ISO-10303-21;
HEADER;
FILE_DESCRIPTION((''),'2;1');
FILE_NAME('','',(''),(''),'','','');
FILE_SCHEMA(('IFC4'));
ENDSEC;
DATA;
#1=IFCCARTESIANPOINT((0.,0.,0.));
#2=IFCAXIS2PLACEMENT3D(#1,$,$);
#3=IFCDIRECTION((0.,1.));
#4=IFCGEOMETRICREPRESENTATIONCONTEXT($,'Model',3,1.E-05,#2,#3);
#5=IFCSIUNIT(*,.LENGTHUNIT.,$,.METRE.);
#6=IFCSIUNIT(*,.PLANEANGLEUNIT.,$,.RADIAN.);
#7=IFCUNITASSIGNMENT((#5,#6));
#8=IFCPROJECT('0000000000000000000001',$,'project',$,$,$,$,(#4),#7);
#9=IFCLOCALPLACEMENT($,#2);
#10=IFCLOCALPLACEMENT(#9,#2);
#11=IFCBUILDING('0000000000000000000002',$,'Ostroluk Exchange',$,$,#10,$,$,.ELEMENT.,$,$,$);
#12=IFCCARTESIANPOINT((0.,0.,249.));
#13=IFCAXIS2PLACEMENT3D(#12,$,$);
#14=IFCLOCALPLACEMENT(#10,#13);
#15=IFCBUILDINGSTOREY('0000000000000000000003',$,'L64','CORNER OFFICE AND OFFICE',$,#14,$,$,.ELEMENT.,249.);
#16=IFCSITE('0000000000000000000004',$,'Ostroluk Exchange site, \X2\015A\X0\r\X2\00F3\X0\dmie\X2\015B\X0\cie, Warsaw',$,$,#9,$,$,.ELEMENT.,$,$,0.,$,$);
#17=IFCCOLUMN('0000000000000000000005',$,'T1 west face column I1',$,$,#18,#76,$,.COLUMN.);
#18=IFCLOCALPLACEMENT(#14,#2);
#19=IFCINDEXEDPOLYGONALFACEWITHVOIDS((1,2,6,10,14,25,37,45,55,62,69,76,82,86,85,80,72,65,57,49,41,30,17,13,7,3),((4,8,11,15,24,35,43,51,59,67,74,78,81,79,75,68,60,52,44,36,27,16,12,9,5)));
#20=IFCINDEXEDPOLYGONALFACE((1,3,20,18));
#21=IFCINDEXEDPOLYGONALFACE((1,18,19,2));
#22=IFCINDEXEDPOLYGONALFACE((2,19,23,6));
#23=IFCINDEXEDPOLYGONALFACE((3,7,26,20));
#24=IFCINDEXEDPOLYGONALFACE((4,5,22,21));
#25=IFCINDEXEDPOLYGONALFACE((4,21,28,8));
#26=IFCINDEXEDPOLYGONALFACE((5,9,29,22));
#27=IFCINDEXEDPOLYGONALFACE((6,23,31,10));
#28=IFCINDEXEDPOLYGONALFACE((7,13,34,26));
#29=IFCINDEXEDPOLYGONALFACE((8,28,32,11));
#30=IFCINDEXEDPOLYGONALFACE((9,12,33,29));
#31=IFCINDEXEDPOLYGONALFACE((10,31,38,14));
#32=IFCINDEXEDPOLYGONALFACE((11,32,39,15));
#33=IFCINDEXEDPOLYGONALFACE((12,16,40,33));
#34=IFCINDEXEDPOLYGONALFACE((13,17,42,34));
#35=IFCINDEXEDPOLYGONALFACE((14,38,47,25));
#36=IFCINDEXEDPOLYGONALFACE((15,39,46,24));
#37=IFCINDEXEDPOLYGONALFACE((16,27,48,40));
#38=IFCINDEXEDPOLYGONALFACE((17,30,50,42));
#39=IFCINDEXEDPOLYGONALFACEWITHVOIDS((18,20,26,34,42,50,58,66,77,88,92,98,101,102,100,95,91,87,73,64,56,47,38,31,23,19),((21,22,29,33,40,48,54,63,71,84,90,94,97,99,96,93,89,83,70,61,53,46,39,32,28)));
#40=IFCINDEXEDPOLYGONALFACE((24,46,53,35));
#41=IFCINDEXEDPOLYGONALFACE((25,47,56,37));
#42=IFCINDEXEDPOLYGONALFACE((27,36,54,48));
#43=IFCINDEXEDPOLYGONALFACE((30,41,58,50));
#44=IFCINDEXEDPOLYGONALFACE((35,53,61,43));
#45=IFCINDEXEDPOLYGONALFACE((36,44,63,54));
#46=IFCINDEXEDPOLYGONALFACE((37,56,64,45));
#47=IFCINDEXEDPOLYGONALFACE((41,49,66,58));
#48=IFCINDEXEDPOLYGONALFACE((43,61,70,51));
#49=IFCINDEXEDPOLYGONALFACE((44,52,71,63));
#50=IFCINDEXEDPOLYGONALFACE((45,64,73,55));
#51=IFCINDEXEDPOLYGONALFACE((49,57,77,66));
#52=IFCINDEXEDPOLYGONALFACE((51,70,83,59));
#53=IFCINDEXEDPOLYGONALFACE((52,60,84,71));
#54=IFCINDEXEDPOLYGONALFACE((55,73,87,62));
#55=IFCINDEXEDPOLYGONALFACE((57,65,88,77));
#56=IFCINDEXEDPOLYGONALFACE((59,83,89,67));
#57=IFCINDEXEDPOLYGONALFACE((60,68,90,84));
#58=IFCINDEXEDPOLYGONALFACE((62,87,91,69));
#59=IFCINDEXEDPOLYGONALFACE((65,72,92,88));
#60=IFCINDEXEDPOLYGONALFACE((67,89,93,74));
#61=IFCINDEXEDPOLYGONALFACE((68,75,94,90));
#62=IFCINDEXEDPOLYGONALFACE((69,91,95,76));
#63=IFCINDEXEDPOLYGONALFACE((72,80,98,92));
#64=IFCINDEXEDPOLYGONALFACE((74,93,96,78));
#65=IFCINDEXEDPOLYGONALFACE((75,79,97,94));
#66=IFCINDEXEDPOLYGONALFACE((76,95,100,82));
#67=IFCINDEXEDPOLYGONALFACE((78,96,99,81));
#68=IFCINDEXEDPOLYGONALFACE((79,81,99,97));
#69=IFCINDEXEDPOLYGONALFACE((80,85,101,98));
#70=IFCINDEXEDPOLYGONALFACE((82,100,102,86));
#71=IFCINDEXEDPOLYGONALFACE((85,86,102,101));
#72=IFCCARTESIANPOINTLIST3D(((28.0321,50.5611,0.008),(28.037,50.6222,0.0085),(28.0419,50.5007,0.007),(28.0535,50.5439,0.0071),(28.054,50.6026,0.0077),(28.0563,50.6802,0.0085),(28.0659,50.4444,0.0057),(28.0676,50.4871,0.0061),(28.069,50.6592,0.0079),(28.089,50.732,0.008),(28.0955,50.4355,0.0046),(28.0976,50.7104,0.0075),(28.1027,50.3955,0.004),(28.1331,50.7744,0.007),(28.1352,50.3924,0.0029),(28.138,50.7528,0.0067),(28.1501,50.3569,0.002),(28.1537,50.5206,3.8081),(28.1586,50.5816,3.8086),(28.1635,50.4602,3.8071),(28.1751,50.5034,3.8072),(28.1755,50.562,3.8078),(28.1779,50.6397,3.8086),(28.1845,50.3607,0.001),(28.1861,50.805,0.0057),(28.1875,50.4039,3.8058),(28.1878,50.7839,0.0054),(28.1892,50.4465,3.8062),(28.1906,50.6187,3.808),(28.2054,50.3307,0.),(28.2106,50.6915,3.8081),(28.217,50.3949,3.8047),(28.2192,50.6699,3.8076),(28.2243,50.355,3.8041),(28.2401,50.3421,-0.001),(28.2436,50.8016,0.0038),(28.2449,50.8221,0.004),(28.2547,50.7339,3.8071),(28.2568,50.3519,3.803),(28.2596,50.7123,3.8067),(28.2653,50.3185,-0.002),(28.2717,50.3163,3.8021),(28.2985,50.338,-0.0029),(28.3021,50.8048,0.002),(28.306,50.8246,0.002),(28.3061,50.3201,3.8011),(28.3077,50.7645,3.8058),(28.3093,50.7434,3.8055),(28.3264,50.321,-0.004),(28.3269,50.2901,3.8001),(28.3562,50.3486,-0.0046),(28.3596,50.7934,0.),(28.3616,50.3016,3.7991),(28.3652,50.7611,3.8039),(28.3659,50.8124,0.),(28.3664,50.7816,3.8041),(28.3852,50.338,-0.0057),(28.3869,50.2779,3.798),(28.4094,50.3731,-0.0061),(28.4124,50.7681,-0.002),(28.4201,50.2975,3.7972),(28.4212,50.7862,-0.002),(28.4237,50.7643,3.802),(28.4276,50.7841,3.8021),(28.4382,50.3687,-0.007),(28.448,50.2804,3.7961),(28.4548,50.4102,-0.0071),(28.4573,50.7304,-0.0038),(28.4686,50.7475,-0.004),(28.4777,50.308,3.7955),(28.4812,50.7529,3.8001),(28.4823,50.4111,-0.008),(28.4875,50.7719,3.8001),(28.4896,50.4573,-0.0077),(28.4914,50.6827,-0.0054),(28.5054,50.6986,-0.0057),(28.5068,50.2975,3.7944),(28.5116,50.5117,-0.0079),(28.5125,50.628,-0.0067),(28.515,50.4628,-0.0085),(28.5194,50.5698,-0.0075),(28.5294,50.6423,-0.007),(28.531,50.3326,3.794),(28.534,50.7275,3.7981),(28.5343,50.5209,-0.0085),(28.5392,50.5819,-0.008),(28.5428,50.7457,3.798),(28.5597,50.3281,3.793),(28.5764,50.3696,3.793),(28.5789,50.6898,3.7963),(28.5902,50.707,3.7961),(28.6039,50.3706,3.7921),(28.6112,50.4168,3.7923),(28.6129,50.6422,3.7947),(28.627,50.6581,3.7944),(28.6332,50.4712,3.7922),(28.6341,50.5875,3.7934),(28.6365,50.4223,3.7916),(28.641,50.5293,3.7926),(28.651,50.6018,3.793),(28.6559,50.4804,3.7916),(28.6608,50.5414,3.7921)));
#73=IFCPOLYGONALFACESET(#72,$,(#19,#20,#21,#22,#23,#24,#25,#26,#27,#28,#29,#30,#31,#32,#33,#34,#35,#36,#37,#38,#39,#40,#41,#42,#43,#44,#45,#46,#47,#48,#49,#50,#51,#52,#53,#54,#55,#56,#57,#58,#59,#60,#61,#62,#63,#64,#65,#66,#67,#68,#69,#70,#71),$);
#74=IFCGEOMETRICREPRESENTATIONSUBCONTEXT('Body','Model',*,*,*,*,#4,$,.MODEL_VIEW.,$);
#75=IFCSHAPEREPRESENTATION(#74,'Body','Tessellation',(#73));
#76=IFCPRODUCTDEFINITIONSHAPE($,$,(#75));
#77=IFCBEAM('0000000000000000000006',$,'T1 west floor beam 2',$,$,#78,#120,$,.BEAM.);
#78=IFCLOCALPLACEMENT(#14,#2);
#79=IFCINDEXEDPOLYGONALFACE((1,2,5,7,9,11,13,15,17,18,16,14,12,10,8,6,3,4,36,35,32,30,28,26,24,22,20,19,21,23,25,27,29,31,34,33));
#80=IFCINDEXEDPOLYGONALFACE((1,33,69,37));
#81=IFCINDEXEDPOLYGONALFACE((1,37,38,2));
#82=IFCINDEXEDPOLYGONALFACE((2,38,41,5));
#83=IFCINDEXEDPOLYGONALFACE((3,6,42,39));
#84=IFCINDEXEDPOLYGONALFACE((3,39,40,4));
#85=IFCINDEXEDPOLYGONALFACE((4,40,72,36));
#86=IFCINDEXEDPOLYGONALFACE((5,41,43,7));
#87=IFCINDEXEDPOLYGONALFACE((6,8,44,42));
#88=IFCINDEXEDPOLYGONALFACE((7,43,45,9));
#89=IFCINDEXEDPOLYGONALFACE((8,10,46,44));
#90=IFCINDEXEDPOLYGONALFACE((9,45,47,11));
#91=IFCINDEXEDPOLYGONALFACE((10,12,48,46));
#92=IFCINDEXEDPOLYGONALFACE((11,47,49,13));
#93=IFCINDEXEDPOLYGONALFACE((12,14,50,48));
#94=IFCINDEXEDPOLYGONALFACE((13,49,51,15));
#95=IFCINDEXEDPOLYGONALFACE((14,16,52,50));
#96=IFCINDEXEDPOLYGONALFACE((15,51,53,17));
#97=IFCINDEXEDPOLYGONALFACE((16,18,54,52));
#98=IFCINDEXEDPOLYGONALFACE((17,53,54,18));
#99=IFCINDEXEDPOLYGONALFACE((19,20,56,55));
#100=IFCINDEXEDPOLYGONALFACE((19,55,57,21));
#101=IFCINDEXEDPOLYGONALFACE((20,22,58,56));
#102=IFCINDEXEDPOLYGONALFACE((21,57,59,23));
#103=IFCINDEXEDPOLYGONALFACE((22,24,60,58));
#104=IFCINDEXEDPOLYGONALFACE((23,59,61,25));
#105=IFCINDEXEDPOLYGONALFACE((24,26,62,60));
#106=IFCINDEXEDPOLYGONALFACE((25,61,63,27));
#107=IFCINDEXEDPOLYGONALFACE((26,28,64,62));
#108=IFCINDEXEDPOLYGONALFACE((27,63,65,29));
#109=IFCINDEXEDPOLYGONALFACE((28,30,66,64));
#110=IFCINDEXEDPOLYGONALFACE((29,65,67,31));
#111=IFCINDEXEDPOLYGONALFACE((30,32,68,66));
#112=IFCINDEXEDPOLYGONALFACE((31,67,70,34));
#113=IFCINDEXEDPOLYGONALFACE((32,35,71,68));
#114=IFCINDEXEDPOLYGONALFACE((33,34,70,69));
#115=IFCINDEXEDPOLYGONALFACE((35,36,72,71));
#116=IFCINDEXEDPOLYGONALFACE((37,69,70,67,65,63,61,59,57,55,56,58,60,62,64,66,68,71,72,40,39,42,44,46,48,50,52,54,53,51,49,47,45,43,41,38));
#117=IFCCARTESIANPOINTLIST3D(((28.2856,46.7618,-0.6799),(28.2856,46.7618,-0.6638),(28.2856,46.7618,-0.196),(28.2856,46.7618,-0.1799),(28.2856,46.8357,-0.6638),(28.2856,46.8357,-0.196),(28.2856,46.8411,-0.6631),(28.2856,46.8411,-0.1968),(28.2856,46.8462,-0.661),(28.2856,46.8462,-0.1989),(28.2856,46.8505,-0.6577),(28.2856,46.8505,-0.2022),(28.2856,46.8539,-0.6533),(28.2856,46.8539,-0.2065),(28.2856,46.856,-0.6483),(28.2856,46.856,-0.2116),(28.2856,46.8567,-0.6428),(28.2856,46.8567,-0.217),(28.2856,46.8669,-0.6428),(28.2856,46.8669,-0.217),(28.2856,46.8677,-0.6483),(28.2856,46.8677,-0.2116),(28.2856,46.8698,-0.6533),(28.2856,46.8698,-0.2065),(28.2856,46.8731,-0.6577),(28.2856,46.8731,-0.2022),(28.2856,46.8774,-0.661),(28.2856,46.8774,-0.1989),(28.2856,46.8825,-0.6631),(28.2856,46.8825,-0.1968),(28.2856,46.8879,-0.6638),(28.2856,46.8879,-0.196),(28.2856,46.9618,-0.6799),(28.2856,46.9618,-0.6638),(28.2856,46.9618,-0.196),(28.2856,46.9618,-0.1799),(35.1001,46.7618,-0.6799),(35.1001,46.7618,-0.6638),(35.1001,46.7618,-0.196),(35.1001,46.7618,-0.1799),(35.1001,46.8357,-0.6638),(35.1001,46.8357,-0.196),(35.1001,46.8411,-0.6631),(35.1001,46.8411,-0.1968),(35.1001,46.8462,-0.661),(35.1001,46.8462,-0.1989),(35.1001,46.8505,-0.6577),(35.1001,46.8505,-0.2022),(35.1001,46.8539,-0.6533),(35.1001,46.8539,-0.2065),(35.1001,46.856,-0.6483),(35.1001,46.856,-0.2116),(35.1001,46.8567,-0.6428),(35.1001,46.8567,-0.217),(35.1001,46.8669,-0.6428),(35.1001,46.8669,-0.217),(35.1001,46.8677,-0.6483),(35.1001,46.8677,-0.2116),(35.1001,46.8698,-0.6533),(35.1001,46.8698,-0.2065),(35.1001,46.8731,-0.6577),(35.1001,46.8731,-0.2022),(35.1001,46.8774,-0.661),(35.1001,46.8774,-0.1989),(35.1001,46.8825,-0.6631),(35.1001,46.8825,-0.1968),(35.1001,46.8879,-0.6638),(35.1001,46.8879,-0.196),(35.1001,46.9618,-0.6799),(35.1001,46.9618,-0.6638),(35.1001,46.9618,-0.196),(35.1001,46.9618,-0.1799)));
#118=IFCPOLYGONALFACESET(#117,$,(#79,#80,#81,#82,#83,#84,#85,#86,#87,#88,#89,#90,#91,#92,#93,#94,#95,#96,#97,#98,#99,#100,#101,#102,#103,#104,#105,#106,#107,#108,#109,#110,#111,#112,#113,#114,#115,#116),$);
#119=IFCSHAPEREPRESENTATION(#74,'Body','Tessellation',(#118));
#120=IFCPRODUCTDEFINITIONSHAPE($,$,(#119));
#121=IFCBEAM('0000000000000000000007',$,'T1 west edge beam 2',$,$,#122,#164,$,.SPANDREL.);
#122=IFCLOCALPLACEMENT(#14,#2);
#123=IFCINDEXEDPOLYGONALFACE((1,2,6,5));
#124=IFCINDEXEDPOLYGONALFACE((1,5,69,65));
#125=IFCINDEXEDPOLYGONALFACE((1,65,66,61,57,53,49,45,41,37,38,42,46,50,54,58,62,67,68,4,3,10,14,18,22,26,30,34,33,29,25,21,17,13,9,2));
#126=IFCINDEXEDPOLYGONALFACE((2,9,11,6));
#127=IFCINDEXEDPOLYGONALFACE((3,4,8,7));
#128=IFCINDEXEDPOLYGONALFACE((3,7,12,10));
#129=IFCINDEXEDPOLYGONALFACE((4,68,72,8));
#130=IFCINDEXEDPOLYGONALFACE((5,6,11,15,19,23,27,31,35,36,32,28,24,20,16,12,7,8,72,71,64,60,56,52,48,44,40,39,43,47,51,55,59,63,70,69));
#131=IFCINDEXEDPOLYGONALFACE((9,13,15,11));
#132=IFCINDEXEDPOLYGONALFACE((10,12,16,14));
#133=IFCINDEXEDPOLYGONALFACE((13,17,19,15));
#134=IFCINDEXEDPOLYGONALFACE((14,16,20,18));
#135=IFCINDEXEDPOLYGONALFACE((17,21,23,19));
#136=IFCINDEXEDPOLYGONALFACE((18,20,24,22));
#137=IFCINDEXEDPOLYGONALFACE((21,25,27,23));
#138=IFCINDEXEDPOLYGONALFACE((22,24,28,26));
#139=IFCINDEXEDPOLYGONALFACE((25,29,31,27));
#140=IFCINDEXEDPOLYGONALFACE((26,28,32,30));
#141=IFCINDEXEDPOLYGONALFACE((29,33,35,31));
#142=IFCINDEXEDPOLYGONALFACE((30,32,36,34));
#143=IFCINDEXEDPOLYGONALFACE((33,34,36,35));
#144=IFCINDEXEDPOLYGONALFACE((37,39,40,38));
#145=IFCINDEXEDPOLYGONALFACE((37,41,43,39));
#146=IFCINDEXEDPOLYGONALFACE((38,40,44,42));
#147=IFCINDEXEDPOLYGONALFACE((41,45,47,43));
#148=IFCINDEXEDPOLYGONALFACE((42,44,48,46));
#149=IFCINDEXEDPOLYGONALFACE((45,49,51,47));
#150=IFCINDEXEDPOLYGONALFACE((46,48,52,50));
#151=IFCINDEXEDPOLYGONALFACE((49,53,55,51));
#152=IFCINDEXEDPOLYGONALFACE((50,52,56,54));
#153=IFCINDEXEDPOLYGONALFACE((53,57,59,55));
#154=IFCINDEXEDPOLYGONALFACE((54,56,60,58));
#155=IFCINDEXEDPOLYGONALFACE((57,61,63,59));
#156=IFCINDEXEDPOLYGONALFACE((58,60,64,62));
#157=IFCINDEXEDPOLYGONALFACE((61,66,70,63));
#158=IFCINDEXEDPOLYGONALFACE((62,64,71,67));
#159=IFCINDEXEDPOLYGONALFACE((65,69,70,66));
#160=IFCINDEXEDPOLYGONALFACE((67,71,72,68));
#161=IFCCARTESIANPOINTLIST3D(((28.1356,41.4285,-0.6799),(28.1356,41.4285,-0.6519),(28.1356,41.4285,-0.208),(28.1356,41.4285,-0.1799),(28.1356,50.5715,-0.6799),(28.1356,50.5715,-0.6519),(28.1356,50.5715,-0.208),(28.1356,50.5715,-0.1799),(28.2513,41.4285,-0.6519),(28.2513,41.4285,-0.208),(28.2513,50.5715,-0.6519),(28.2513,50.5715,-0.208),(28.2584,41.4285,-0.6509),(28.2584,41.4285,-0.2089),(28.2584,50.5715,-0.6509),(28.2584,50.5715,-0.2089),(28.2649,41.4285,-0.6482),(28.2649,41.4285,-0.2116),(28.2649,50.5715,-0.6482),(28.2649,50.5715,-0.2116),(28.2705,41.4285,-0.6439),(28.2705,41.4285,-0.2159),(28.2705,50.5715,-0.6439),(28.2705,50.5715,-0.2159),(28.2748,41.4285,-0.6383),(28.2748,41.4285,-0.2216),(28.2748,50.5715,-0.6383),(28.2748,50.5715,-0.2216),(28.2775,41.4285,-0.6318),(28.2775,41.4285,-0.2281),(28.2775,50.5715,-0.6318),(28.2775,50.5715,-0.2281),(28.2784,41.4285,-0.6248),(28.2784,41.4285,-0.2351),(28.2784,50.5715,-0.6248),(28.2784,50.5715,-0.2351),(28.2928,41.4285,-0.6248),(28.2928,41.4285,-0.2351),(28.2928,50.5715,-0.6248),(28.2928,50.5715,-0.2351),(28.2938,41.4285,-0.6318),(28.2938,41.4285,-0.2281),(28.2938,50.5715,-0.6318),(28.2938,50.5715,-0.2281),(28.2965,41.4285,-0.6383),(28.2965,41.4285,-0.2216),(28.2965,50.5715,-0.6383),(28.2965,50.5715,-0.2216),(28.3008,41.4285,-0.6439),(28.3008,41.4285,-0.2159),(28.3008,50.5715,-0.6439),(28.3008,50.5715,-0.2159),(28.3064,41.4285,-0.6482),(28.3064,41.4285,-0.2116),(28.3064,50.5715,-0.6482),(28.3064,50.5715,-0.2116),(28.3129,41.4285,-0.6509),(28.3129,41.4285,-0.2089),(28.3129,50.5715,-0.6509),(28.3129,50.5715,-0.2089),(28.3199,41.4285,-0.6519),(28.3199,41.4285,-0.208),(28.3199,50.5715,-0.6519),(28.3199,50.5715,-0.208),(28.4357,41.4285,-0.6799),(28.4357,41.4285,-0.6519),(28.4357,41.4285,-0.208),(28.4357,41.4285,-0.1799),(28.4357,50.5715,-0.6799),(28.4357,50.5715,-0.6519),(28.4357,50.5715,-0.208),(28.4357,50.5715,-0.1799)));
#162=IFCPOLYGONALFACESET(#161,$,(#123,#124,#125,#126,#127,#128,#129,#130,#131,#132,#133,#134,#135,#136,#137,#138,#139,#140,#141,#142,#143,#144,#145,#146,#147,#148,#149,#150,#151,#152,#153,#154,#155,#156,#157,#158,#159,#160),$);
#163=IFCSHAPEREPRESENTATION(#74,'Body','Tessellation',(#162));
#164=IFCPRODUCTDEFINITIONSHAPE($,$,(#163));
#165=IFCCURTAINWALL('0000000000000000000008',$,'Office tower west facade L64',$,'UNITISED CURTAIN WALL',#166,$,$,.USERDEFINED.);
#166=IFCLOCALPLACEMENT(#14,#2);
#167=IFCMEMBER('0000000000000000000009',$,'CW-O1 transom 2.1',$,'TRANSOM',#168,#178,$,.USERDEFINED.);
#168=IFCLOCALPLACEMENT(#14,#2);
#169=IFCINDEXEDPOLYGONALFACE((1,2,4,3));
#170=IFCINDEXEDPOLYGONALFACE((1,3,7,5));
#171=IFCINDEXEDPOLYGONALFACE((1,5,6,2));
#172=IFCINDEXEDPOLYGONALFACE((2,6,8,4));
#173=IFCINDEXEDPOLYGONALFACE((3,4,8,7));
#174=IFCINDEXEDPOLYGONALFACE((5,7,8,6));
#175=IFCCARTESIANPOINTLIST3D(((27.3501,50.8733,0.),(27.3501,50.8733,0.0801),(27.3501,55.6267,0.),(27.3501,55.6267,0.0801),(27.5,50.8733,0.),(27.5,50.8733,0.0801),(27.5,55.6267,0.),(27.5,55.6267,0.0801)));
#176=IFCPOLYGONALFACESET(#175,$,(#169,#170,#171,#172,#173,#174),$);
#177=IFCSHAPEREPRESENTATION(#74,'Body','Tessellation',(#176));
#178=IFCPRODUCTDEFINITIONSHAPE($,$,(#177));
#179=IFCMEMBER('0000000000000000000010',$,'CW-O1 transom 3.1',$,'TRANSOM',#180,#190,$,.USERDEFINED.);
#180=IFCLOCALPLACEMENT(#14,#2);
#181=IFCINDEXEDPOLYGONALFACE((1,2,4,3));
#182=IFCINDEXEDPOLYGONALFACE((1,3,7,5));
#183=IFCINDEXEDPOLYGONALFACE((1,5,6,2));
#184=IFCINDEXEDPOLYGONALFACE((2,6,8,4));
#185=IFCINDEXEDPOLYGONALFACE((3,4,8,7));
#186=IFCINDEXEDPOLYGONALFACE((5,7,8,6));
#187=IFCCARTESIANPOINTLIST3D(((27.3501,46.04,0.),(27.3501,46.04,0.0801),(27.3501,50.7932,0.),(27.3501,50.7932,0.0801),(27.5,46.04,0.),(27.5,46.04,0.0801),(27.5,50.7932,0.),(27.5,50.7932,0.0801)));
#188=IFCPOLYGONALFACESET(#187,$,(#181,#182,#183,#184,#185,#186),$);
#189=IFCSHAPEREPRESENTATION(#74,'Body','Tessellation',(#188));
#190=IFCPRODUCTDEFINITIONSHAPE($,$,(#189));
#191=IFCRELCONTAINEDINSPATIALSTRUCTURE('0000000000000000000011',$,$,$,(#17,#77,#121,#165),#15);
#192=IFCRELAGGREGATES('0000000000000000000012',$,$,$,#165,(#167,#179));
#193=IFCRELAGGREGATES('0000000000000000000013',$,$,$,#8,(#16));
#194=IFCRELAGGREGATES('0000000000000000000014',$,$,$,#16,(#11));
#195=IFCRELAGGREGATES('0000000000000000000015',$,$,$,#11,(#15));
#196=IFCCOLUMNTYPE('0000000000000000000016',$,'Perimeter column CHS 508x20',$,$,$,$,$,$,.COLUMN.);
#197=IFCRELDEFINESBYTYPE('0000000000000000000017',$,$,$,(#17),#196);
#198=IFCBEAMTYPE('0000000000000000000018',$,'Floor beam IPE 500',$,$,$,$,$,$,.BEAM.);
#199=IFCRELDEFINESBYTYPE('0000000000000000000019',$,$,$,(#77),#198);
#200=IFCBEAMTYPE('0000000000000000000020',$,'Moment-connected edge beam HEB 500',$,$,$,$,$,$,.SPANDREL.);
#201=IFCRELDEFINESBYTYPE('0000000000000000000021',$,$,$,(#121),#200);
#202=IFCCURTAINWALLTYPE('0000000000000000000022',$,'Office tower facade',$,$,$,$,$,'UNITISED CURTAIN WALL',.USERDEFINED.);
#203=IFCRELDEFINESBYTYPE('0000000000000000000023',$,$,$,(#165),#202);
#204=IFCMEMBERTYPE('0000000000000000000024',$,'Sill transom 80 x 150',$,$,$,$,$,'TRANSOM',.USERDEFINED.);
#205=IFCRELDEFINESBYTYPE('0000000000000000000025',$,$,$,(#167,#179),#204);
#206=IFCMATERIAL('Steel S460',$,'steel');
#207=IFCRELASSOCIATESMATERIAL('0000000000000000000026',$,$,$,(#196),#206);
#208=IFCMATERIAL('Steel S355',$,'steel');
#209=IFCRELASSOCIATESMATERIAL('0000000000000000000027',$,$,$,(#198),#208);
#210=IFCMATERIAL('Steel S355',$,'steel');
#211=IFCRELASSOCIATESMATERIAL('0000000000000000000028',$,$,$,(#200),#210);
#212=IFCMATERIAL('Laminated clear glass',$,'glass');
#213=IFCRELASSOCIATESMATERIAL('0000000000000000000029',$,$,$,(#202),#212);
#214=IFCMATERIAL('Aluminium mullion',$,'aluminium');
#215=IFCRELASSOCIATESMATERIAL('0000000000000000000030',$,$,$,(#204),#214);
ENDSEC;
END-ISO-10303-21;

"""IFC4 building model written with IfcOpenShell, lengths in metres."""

from ifc_helpers import new_model, si_unit, direction, frame, origin, origin_2d, place, context, subcontext, project, spatial, rectangle, hollow_circle, i_section, extrude, material, material_profile, profile_set, type_object, element, aggregate, save


model = new_model("IFC4")

# Units and contexts
model_context = context("Model", 3, precision=1e-05, world=origin(), true_north=direction((0.0, 1.0)))
body_context = subcontext(model_context, "Body", "Model", "MODEL_VIEW")
ifc_project = project(units=[si_unit("LENGTHUNIT", "METRE"), si_unit("PLANEANGLEUNIT", "RADIAN")], contexts=[model_context])

# Site, building, storey
site_placement = place(None, origin())
site = spatial("IfcSite", under=ifc_project, at=site_placement, Name="Ostroluk Exchange site, Śródmieście, Warsaw", CompositionType="ELEMENT", RefElevation=0.0)
building_placement = place(site_placement, origin())
building = spatial("IfcBuilding", under=site, at=building_placement, Name="Ostroluk Exchange", CompositionType="ELEMENT")
storey_placement = place(building_placement, frame((0.0, 0.0, 249.0)))
storey = spatial("IfcBuildingStorey", under=building, at=storey_placement, Name="L64", Description="CORNER OFFICE AND OFFICE", CompositionType="ELEMENT", Elevation=249.0)

# Column
ifc_material_1 = material(Name="Steel S460", Category="steel")
ifc_material_profile_1 = material_profile(ifc_material_1, hollow_circle(Radius=0.2539, WallThickness=0.02, at=origin_2d()), Name="CHS 508x20")
ifc_profile_set_1 = profile_set([ifc_material_profile_1], Name="Steel S460")
column_type = type_object("IfcColumnType", Name="Perimeter column CHS 508x20", PredefinedType="COLUMN", material=ifc_profile_set_1)
column_placement = place(storey_placement, frame((28.2856, 50.5715, 0.0), z_axis=(0.031977, -0.010659, 0.999432), x_axis=(0.316228, 0.948683, 0.0)))
element("IfcColumn", 1, at=column_placement, inside=storey, type_object=column_type, Name="T1 west face column I1", PredefinedType="COLUMN", context=body_context, shape_type="SweptSolid", body=[
    extrude(hollow_circle(Radius=0.2539, WallThickness=0.02, at=origin_2d()), origin(), (0.0, 0.0, 1.0), 3.8022),
])

# Beams
ifc_material_2 = material(Name="Steel S355", Category="steel")
ifc_material_profile_2 = material_profile(ifc_material_2, i_section(OverallWidth=0.2, OverallDepth=0.5, WebThickness=0.0103, FlangeThickness=0.0161, FilletRadius=0.021, at=origin_2d()), Name="IPE 500")
ifc_profile_set_2 = profile_set([ifc_material_profile_2], Name="Steel S355")
beam_type_1 = type_object("IfcBeamType", Name="Floor beam IPE 500", PredefinedType="BEAM", material=ifc_profile_set_2)
beam_1_placement = place(storey_placement, frame((35.1001, 46.8618, -0.4299), z_axis=(-1.0, 0.0, 0.0), x_axis=(0.0, -1.0, 0.0)))
element("IfcBeam", 2, at=beam_1_placement, inside=storey, type_object=beam_type_1, Name="T1 west floor beam 2", PredefinedType="BEAM", context=body_context, shape_type="SweptSolid", body=[
    extrude(i_section(OverallWidth=0.2, OverallDepth=0.5, WebThickness=0.0103, FlangeThickness=0.0161, FilletRadius=0.021, at=origin_2d()), origin(), (0.0, 0.0, 1.0), 6.8145),
])
ifc_material_3 = material(Name="Steel S355", Category="steel")
ifc_material_profile_3 = material_profile(ifc_material_3, i_section(OverallWidth=0.3, OverallDepth=0.5, WebThickness=0.0144, FlangeThickness=0.0281, FilletRadius=0.0271, at=origin_2d()), Name="HEB 500")
ifc_profile_set_3 = profile_set([ifc_material_profile_3], Name="Steel S355")
beam_type_2 = type_object("IfcBeamType", Name="Moment-connected edge beam HEB 500", PredefinedType="SPANDREL", material=ifc_profile_set_3)
beam_2_placement = place(storey_placement, frame((28.2856, 50.5715, -0.4299), z_axis=(0.0, -1.0, 0.0), x_axis=(1.0, 0.0, 0.0)))
element("IfcBeam", 3, at=beam_2_placement, inside=storey, type_object=beam_type_2, Name="T1 west edge beam 2", PredefinedType="SPANDREL", context=body_context, shape_type="SweptSolid", body=[
    extrude(i_section(OverallWidth=0.3, OverallDepth=0.5, WebThickness=0.0144, FlangeThickness=0.0281, FilletRadius=0.0271, at=origin_2d()), origin(), (0.0, 0.0, 1.0), 9.1431),
])

# Curtain wall, members
ifc_material_4 = material(Name="Laminated clear glass", Category="glass")
curtain_wall_type = type_object("IfcCurtainWallType", Name="Office tower facade", ElementType="UNITISED CURTAIN WALL", PredefinedType="USERDEFINED", material=ifc_material_4)
curtain_wall_placement = place(storey_placement, origin())
curtain_wall = element("IfcCurtainWall", 4, at=curtain_wall_placement, inside=storey, type_object=curtain_wall_type, Name="Office tower west facade L64", ObjectType="UNITISED CURTAIN WALL", PredefinedType="USERDEFINED")
ifc_material_5 = material(Name="Aluminium mullion", Category="aluminium")
ifc_material_profile_4 = material_profile(ifc_material_5, rectangle(XDim=0.1499, YDim=0.0801, at=origin_2d()), Name="Sill transom 80 x 150")
ifc_profile_set_4 = profile_set([ifc_material_profile_4], Name="Aluminium mullion")
member_type_1 = type_object("IfcMemberType", Name="Sill transom 80 x 150", ElementType="TRANSOM", PredefinedType="USERDEFINED", material=ifc_profile_set_4)
member_1_placement = place(storey_placement, frame((27.425, 55.6267, 0.04), z_axis=(0.0, -1.0, 0.0), x_axis=(1.0, 0.0, 0.0)))
member_1 = element("IfcMember", 5, at=member_1_placement, type_object=member_type_1, Name="CW-O1 transom 2.1", ObjectType="TRANSOM", PredefinedType="USERDEFINED", context=body_context, shape_type="SweptSolid", body=[
    extrude(rectangle(XDim=0.1499, YDim=0.0801, at=origin_2d()), origin(), (0.0, 0.0, 1.0), 4.7534),
])
member_2_placement = place(storey_placement, frame((27.425, 50.7932, 0.04), z_axis=(0.0, -1.0, 0.0), x_axis=(1.0, 0.0, 0.0)))
member_2 = element("IfcMember", 6, at=member_2_placement, type_object=member_type_1, Name="CW-O1 transom 3.1", ObjectType="TRANSOM", PredefinedType="USERDEFINED", context=body_context, shape_type="SweptSolid", body=[
    extrude(rectangle(XDim=0.1499, YDim=0.0801, at=origin_2d()), origin(), (0.0, 0.0, 1.0), 4.7532),
])
aggregate(curtain_wall, [member_1, member_2])

save(model, "model.ifc")
